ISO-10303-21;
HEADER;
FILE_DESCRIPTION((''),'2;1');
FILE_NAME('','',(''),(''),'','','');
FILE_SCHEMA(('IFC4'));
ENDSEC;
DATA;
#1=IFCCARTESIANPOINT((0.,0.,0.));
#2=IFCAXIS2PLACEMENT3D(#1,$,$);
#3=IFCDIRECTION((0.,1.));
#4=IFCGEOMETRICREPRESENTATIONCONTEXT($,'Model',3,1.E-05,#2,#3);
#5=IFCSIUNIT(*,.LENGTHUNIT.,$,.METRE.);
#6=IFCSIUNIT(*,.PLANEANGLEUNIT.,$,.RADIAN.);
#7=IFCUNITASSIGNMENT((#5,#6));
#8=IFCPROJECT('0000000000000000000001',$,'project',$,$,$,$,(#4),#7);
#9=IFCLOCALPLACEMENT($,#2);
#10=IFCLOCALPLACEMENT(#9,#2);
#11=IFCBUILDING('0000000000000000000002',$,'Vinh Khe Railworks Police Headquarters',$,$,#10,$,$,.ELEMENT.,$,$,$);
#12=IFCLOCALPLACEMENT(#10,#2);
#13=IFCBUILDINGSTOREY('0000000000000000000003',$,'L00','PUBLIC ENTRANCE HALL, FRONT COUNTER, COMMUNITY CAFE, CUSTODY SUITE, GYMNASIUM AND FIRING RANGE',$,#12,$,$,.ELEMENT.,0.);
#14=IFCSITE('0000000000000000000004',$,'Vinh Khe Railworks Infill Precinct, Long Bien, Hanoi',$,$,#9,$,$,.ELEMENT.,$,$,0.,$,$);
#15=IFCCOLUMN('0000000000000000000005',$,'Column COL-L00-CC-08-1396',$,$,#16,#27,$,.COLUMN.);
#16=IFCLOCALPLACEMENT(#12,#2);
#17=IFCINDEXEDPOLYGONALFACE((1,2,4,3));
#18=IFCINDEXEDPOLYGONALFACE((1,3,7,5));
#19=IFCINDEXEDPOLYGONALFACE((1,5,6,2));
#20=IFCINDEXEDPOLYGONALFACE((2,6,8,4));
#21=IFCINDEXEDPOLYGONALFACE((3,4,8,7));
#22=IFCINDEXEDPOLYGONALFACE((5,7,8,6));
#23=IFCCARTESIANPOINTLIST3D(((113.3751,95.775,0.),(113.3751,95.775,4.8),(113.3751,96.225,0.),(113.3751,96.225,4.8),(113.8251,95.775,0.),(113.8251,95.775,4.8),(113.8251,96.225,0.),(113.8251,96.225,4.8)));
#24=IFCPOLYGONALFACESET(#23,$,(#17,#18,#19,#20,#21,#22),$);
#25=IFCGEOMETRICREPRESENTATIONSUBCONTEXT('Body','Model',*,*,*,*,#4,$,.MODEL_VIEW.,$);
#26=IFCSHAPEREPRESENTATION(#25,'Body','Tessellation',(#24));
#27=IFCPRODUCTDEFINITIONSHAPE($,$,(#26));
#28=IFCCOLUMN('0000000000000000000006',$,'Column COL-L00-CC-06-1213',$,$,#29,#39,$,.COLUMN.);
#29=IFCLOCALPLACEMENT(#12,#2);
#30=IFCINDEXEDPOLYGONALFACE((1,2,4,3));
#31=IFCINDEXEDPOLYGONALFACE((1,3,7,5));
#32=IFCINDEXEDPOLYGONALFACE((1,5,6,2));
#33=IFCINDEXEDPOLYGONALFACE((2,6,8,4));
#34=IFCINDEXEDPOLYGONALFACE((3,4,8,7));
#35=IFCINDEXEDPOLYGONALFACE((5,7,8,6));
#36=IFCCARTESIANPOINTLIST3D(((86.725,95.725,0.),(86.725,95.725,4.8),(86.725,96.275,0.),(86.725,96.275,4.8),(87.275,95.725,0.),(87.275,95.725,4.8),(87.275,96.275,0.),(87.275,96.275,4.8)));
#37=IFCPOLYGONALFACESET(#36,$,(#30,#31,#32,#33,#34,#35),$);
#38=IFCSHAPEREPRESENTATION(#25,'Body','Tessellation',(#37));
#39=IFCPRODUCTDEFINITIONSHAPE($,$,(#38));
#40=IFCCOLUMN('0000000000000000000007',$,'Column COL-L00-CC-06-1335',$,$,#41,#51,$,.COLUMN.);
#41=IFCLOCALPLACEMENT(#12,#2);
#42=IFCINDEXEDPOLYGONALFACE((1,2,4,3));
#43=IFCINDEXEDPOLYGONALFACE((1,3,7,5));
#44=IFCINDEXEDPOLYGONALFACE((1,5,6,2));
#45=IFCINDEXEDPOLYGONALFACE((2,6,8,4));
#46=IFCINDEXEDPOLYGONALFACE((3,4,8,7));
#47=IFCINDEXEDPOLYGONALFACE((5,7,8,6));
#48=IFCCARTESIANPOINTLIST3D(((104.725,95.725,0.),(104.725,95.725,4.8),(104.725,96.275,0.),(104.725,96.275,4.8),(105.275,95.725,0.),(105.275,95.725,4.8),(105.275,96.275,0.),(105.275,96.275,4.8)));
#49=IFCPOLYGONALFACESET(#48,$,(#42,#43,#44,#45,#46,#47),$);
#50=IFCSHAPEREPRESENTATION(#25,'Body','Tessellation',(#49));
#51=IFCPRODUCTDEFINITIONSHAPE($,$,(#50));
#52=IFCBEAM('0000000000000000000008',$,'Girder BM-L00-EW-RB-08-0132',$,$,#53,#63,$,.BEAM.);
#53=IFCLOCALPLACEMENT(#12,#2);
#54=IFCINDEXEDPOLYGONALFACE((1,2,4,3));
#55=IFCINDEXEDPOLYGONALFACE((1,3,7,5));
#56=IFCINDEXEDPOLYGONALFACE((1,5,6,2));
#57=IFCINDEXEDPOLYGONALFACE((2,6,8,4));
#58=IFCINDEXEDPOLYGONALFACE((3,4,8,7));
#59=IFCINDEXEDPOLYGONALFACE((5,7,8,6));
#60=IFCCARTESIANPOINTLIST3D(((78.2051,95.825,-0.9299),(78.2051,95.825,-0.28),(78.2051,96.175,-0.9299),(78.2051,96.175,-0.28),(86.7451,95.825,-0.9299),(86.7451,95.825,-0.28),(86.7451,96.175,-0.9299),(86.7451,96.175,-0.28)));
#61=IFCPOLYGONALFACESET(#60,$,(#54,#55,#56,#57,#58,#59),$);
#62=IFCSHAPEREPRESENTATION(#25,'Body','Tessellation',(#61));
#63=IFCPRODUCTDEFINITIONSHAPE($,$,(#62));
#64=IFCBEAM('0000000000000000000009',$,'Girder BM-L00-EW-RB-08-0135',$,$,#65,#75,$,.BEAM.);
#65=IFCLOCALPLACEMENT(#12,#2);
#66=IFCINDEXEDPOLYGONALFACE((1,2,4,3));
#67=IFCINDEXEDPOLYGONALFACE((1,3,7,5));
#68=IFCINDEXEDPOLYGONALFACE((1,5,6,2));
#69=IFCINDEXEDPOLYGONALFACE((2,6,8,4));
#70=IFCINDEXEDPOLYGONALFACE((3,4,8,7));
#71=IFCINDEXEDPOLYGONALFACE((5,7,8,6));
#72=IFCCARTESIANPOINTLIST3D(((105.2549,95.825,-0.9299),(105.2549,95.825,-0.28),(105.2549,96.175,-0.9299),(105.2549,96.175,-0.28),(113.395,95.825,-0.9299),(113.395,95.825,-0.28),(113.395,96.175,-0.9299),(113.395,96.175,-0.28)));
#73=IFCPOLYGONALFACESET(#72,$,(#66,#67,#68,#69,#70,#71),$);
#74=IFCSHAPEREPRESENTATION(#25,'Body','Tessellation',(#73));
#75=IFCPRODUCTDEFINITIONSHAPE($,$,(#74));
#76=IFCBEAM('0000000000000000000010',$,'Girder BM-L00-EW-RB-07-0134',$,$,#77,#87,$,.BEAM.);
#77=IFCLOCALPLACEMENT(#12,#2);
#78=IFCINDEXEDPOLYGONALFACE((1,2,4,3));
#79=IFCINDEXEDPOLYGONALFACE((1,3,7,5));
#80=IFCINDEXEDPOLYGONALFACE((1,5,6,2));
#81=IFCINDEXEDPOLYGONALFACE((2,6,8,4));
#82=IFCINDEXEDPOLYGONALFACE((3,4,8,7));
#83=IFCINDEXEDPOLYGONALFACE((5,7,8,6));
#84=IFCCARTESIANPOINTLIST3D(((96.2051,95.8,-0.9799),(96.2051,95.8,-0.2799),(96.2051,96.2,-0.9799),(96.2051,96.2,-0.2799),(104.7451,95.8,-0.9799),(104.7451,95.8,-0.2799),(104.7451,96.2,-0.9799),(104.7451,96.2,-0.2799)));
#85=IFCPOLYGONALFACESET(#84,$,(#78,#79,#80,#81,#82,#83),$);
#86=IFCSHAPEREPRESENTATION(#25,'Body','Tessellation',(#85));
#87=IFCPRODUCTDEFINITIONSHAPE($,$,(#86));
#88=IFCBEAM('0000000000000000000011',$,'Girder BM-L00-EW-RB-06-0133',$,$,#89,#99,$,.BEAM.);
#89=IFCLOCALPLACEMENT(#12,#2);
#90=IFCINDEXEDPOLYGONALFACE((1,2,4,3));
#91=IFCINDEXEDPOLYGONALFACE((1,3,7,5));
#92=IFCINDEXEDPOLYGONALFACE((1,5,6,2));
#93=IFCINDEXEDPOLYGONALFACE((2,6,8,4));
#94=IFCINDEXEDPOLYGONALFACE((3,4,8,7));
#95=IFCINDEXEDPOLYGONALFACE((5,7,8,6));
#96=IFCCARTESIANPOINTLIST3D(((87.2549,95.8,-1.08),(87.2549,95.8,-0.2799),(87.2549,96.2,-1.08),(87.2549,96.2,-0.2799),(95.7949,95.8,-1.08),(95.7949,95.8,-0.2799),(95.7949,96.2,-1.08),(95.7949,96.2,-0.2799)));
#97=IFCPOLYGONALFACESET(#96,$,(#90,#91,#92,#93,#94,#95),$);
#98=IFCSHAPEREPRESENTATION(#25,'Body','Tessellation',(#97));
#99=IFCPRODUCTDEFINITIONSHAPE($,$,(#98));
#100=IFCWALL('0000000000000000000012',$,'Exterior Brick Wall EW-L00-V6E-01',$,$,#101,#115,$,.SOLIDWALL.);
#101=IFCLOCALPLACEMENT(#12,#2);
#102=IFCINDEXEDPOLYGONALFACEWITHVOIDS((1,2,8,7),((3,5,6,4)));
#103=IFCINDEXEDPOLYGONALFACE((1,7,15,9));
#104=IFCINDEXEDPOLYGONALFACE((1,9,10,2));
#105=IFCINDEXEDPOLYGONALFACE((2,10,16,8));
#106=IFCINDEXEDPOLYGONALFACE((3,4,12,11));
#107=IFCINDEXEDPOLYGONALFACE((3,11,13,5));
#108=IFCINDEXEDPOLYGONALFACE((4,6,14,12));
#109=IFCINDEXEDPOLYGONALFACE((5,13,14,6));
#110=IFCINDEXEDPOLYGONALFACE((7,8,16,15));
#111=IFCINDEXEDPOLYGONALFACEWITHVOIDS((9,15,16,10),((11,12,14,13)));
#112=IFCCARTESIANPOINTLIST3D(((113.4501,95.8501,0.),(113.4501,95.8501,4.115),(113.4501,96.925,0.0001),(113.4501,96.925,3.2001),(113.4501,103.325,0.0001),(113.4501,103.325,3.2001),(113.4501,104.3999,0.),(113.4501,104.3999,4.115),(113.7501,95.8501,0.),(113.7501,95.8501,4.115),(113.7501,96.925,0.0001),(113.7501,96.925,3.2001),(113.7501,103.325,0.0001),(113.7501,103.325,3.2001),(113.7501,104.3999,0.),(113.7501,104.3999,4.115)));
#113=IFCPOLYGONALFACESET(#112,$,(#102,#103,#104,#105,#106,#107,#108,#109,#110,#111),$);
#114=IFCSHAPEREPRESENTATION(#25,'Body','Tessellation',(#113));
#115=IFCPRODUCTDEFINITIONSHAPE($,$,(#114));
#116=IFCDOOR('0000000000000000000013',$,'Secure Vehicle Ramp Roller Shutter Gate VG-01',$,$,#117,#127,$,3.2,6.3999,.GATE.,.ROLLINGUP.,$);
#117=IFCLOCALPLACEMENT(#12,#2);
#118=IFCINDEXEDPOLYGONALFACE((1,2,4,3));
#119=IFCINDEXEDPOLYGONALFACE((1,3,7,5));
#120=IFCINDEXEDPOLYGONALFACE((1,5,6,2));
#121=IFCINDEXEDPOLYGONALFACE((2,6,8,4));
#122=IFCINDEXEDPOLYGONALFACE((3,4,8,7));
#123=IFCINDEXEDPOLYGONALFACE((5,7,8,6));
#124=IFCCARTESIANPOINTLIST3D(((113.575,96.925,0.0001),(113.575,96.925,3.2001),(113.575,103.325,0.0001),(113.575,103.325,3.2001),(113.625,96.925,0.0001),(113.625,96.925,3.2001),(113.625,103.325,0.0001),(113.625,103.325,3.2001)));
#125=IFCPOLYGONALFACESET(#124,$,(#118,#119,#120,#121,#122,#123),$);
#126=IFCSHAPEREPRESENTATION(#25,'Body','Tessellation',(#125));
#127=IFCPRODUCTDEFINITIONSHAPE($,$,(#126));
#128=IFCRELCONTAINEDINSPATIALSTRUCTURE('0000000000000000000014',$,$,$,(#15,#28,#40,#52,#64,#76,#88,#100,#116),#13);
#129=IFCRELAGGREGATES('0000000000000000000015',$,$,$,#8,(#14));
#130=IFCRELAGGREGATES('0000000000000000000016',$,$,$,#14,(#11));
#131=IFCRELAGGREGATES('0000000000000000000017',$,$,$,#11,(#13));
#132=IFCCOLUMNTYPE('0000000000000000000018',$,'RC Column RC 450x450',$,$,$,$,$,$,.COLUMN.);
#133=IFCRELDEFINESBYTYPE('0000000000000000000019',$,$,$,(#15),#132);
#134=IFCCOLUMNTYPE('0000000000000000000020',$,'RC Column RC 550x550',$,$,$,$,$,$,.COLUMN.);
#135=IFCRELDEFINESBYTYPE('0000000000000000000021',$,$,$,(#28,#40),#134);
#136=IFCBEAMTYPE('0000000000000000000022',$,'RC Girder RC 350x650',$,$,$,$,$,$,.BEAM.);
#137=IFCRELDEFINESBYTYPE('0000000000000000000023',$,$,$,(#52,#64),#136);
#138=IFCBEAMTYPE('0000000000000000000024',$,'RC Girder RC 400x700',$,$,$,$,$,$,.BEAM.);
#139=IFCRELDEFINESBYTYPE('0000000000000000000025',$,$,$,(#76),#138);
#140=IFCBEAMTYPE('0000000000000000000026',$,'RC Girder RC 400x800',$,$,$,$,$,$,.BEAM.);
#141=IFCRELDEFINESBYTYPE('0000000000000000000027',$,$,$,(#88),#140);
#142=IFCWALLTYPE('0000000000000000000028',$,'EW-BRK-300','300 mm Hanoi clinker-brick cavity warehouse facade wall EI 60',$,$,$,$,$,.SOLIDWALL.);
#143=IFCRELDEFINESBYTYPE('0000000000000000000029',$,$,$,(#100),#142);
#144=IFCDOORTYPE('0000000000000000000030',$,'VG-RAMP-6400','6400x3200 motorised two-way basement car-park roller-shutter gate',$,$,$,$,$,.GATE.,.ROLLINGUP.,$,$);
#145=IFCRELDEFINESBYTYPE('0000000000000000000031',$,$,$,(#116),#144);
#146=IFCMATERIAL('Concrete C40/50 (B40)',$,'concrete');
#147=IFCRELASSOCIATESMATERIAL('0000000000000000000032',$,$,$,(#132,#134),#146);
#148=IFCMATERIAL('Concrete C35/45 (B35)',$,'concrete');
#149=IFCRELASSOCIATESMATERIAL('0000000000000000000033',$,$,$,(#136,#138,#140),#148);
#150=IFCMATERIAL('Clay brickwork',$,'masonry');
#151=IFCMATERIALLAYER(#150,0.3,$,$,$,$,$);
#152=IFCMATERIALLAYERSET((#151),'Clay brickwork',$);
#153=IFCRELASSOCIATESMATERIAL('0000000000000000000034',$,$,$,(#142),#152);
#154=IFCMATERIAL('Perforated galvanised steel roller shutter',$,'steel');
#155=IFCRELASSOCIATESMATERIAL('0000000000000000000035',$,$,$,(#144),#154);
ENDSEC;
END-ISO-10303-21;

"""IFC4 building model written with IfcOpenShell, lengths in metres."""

from ifc_helpers import new_model, si_unit, direction, frame, frame_2d, origin, origin_2d, place, context, subcontext, project, spatial, rectangle, extrude, material, layer, layer_set, material_profile, profile_set, type_object, element, fill, save


model = new_model("IFC4")

# Units and contexts
model_context = context("Model", 3, precision=1e-05, world=origin(), true_north=direction((0.0, 1.0)))
body_context = subcontext(model_context, "Body", "Model", "MODEL_VIEW")
ifc_project = project(units=[si_unit("LENGTHUNIT", "METRE"), si_unit("PLANEANGLEUNIT", "RADIAN")], contexts=[model_context])

# Site, building, storey
site_placement = place(None, origin())
site = spatial("IfcSite", under=ifc_project, at=site_placement, Name="Vinh Khe Railworks Infill Precinct, Long Bien, Hanoi", CompositionType="ELEMENT", RefElevation=0.0)
building_placement = place(site_placement, origin())
building = spatial("IfcBuilding", under=site, at=building_placement, Name="Vinh Khe Railworks Police Headquarters", CompositionType="ELEMENT")
storey_placement = place(building_placement, origin())
storey = spatial("IfcBuildingStorey", under=building, at=storey_placement, Name="L00", Description="PUBLIC ENTRANCE HALL, FRONT COUNTER, COMMUNITY CAFE, CUSTODY SUITE, GYMNASIUM AND FIRING RANGE", CompositionType="ELEMENT", Elevation=0.0)

# Shared definitions
ifc_material_1 = material(Name="Concrete C35/45 (B35)", Category="concrete")

# Columns
ifc_material_2 = material(Name="Concrete C40/50 (B40)", Category="concrete")
ifc_material_profile_1 = material_profile(ifc_material_2, rectangle(XDim=0.45, YDim=0.45, at=origin_2d()), Name="RC 450x450")
ifc_profile_set_1 = profile_set([ifc_material_profile_1], Name="Concrete C40/50 (B40)")
column_type_1 = type_object("IfcColumnType", Name="RC Column RC 450x450", PredefinedType="COLUMN", material=ifc_profile_set_1)
for number, where, z_axis, x_axis, name in (
    (1, (113.6001, 96.0, 0.0), (0.0, 0.0, 1.0), (1.0, 0.0, 0.0), "Column COL-L00-CC-08-1396"),
):
    element("IfcColumn", number, at=place(storey_placement, frame(where, z_axis=z_axis, x_axis=x_axis)), inside=storey, type_object=column_type_1, Name=name, PredefinedType="COLUMN", context=body_context, shape_type="SweptSolid", body=[
        extrude(rectangle(XDim=0.45, YDim=0.45, at=origin_2d()), origin(), (0.0, 0.0, 1.0), 4.8),
    ])
ifc_material_profile_2 = material_profile(ifc_material_2, rectangle(XDim=0.55, YDim=0.55, at=origin_2d()), Name="RC 550x550")
ifc_profile_set_2 = profile_set([ifc_material_profile_2], Name="Concrete C40/50 (B40)")
column_type_2 = type_object("IfcColumnType", Name="RC Column RC 550x550", PredefinedType="COLUMN", material=ifc_profile_set_2)
for number, where, z_axis, x_axis, name in (
    (2, (87.0, 96.0, 0.0), (0.0, 0.0, 1.0), (1.0, 0.0, 0.0), "Column COL-L00-CC-06-1213"),
    (3, (105.0, 96.0, 0.0), (0.0, 0.0, 1.0), (1.0, 0.0, 0.0), "Column COL-L00-CC-06-1335"),
):
    element("IfcColumn", number, at=place(storey_placement, frame(where, z_axis=z_axis, x_axis=x_axis)), inside=storey, type_object=column_type_2, Name=name, PredefinedType="COLUMN", context=body_context, shape_type="SweptSolid", body=[
        extrude(rectangle(XDim=0.55, YDim=0.55, at=origin_2d()), origin(), (0.0, 0.0, 1.0), 4.8),
    ])

# Beams
ifc_material_profile_3 = material_profile(ifc_material_1, rectangle(XDim=0.3501, YDim=0.6499, at=origin_2d()), Name="RC 350x650")
ifc_profile_set_3 = profile_set([ifc_material_profile_3], Name="Concrete C35/45 (B35)")
beam_type_1 = type_object("IfcBeamType", Name="RC Girder RC 350x650", PredefinedType="BEAM", material=ifc_profile_set_3)
beam_1_placement = place(storey_placement, frame((78.2051, 96.0, -0.605), z_axis=(1.0, 0.0, 0.0), x_axis=(0.0, 1.0, 0.0)))
element("IfcBeam", 4, at=beam_1_placement, inside=storey, type_object=beam_type_1, Name="Girder BM-L00-EW-RB-08-0132", PredefinedType="BEAM", context=body_context, shape_type="SweptSolid", body=[
    extrude(rectangle(XDim=0.3501, YDim=0.6499, at=origin_2d()), origin(), (0.0, 0.0, 1.0), 8.54),
])
beam_2_placement = place(storey_placement, frame((105.2549, 96.0, -0.605), z_axis=(1.0, 0.0, 0.0), x_axis=(0.0, 1.0, 0.0)))
element("IfcBeam", 5, at=beam_2_placement, inside=storey, type_object=beam_type_1, Name="Girder BM-L00-EW-RB-08-0135", PredefinedType="BEAM", context=body_context, shape_type="SweptSolid", body=[
    extrude(rectangle(XDim=0.3501, YDim=0.6499, at=origin_2d()), origin(), (0.0, 0.0, 1.0), 8.1401),
])
ifc_material_profile_4 = material_profile(ifc_material_1, rectangle(XDim=0.3999, YDim=0.7, at=origin_2d()), Name="RC 400x700")
ifc_profile_set_4 = profile_set([ifc_material_profile_4], Name="Concrete C35/45 (B35)")
beam_type_2 = type_object("IfcBeamType", Name="RC Girder RC 400x700", PredefinedType="BEAM", material=ifc_profile_set_4)
beam_3_placement = place(storey_placement, frame((96.2051, 96.0, -0.6299), z_axis=(1.0, 0.0, 0.0), x_axis=(0.0, 1.0, 0.0)))
element("IfcBeam", 6, at=beam_3_placement, inside=storey, type_object=beam_type_2, Name="Girder BM-L00-EW-RB-07-0134", PredefinedType="BEAM", context=body_context, shape_type="SweptSolid", body=[
    extrude(rectangle(XDim=0.3999, YDim=0.7, at=origin_2d()), origin(), (0.0, 0.0, 1.0), 8.54),
])
ifc_material_profile_5 = material_profile(ifc_material_1, rectangle(XDim=0.3999, YDim=0.8, at=origin_2d()), Name="RC 400x800")
ifc_profile_set_5 = profile_set([ifc_material_profile_5], Name="Concrete C35/45 (B35)")
beam_type_3 = type_object("IfcBeamType", Name="RC Girder RC 400x800", PredefinedType="BEAM", material=ifc_profile_set_5)
beam_4_placement = place(storey_placement, frame((87.2549, 96.0, -0.6799), z_axis=(1.0, 0.0, 0.0), x_axis=(0.0, 1.0, 0.0)))
element("IfcBeam", 7, at=beam_4_placement, inside=storey, type_object=beam_type_3, Name="Girder BM-L00-EW-RB-06-0133", PredefinedType="BEAM", context=body_context, shape_type="SweptSolid", body=[
    extrude(rectangle(XDim=0.3999, YDim=0.8, at=origin_2d()), origin(), (0.0, 0.0, 1.0), 8.54),
])

# Wall, opening, door
ifc_material_3 = material(Name="Clay brickwork", Category="masonry")
ifc_layer_1 = layer(ifc_material_3, 0.3)
ifc_layer_set_1 = layer_set([ifc_layer_1], Name="Clay brickwork")
wall_type = type_object("IfcWallType", Name="EW-BRK-300", Description="300 mm Hanoi clinker-brick cavity warehouse facade wall EI 60", PredefinedType="SOLIDWALL", material=ifc_layer_set_1)
wall_1_placement = place(storey_placement, frame((113.6001, 95.8501, 0.0), z_axis=(0.0, 0.0, 1.0), x_axis=(0.0, 1.0, 0.0)))
wall_1 = element("IfcWall", 8, at=wall_1_placement, inside=storey, type_object=wall_type, Name="Exterior Brick Wall EW-L00-V6E-01", PredefinedType="SOLIDWALL", context=body_context, shape_type="SweptSolid", body=[
    extrude(rectangle(XDim=8.5498, YDim=0.3, at=frame_2d((4.2749, 0.0))), origin(), (0.0, 0.0, 1.0), 4.115),
])
opening_1_placement = place(wall_1_placement, frame((1.075, 0.0, 0.0)))
opening_1 = element("IfcOpeningElement", 9, at=opening_1_placement, cuts=wall_1, PredefinedType="OPENING", context=body_context, shape_type="SweptSolid", body=[
    extrude(rectangle(XDim=6.3999, YDim=3.2, at=frame_2d((3.2, 1.6001))), frame((0.0, 0.165, 0.0), z_axis=(0.0, -1.0, 0.0), x_axis=(1.0, 0.0, 0.0)), (0.0, 0.0, 1.0), 0.3298),
])
ifc_material_4 = material(Name="Perforated galvanised steel roller shutter", Category="steel")
door_type = type_object("IfcDoorType", Name="VG-RAMP-6400", Description="6400x3200 motorised two-way basement car-park roller-shutter gate", OperationType="ROLLINGUP", PredefinedType="GATE", material=ifc_material_4)
door_placement = place(opening_1_placement, frame((6.3999, 0.0, 0.0), z_axis=(0.0, 0.0, 1.0), x_axis=(-1.0, 0.0, 0.0)))
door = element("IfcDoor", 10, at=door_placement, inside=storey, type_object=door_type, Name="Secure Vehicle Ramp Roller Shutter Gate VG-01", OperationType="ROLLINGUP", OverallHeight=3.2, OverallWidth=6.3999, PredefinedType="GATE", context=body_context, shape_type="SweptSolid", body=[
    extrude(rectangle(XDim=6.3999, YDim=3.2, at=frame_2d((3.2, 1.6001))), frame((0.0, 0.0249, 0.0), z_axis=(0.0, -1.0, 0.0), x_axis=(1.0, 0.0, 0.0)), (0.0, 0.0, 1.0), 0.05),
])
fill(opening_1, door)

save(model, "model.ifc")
